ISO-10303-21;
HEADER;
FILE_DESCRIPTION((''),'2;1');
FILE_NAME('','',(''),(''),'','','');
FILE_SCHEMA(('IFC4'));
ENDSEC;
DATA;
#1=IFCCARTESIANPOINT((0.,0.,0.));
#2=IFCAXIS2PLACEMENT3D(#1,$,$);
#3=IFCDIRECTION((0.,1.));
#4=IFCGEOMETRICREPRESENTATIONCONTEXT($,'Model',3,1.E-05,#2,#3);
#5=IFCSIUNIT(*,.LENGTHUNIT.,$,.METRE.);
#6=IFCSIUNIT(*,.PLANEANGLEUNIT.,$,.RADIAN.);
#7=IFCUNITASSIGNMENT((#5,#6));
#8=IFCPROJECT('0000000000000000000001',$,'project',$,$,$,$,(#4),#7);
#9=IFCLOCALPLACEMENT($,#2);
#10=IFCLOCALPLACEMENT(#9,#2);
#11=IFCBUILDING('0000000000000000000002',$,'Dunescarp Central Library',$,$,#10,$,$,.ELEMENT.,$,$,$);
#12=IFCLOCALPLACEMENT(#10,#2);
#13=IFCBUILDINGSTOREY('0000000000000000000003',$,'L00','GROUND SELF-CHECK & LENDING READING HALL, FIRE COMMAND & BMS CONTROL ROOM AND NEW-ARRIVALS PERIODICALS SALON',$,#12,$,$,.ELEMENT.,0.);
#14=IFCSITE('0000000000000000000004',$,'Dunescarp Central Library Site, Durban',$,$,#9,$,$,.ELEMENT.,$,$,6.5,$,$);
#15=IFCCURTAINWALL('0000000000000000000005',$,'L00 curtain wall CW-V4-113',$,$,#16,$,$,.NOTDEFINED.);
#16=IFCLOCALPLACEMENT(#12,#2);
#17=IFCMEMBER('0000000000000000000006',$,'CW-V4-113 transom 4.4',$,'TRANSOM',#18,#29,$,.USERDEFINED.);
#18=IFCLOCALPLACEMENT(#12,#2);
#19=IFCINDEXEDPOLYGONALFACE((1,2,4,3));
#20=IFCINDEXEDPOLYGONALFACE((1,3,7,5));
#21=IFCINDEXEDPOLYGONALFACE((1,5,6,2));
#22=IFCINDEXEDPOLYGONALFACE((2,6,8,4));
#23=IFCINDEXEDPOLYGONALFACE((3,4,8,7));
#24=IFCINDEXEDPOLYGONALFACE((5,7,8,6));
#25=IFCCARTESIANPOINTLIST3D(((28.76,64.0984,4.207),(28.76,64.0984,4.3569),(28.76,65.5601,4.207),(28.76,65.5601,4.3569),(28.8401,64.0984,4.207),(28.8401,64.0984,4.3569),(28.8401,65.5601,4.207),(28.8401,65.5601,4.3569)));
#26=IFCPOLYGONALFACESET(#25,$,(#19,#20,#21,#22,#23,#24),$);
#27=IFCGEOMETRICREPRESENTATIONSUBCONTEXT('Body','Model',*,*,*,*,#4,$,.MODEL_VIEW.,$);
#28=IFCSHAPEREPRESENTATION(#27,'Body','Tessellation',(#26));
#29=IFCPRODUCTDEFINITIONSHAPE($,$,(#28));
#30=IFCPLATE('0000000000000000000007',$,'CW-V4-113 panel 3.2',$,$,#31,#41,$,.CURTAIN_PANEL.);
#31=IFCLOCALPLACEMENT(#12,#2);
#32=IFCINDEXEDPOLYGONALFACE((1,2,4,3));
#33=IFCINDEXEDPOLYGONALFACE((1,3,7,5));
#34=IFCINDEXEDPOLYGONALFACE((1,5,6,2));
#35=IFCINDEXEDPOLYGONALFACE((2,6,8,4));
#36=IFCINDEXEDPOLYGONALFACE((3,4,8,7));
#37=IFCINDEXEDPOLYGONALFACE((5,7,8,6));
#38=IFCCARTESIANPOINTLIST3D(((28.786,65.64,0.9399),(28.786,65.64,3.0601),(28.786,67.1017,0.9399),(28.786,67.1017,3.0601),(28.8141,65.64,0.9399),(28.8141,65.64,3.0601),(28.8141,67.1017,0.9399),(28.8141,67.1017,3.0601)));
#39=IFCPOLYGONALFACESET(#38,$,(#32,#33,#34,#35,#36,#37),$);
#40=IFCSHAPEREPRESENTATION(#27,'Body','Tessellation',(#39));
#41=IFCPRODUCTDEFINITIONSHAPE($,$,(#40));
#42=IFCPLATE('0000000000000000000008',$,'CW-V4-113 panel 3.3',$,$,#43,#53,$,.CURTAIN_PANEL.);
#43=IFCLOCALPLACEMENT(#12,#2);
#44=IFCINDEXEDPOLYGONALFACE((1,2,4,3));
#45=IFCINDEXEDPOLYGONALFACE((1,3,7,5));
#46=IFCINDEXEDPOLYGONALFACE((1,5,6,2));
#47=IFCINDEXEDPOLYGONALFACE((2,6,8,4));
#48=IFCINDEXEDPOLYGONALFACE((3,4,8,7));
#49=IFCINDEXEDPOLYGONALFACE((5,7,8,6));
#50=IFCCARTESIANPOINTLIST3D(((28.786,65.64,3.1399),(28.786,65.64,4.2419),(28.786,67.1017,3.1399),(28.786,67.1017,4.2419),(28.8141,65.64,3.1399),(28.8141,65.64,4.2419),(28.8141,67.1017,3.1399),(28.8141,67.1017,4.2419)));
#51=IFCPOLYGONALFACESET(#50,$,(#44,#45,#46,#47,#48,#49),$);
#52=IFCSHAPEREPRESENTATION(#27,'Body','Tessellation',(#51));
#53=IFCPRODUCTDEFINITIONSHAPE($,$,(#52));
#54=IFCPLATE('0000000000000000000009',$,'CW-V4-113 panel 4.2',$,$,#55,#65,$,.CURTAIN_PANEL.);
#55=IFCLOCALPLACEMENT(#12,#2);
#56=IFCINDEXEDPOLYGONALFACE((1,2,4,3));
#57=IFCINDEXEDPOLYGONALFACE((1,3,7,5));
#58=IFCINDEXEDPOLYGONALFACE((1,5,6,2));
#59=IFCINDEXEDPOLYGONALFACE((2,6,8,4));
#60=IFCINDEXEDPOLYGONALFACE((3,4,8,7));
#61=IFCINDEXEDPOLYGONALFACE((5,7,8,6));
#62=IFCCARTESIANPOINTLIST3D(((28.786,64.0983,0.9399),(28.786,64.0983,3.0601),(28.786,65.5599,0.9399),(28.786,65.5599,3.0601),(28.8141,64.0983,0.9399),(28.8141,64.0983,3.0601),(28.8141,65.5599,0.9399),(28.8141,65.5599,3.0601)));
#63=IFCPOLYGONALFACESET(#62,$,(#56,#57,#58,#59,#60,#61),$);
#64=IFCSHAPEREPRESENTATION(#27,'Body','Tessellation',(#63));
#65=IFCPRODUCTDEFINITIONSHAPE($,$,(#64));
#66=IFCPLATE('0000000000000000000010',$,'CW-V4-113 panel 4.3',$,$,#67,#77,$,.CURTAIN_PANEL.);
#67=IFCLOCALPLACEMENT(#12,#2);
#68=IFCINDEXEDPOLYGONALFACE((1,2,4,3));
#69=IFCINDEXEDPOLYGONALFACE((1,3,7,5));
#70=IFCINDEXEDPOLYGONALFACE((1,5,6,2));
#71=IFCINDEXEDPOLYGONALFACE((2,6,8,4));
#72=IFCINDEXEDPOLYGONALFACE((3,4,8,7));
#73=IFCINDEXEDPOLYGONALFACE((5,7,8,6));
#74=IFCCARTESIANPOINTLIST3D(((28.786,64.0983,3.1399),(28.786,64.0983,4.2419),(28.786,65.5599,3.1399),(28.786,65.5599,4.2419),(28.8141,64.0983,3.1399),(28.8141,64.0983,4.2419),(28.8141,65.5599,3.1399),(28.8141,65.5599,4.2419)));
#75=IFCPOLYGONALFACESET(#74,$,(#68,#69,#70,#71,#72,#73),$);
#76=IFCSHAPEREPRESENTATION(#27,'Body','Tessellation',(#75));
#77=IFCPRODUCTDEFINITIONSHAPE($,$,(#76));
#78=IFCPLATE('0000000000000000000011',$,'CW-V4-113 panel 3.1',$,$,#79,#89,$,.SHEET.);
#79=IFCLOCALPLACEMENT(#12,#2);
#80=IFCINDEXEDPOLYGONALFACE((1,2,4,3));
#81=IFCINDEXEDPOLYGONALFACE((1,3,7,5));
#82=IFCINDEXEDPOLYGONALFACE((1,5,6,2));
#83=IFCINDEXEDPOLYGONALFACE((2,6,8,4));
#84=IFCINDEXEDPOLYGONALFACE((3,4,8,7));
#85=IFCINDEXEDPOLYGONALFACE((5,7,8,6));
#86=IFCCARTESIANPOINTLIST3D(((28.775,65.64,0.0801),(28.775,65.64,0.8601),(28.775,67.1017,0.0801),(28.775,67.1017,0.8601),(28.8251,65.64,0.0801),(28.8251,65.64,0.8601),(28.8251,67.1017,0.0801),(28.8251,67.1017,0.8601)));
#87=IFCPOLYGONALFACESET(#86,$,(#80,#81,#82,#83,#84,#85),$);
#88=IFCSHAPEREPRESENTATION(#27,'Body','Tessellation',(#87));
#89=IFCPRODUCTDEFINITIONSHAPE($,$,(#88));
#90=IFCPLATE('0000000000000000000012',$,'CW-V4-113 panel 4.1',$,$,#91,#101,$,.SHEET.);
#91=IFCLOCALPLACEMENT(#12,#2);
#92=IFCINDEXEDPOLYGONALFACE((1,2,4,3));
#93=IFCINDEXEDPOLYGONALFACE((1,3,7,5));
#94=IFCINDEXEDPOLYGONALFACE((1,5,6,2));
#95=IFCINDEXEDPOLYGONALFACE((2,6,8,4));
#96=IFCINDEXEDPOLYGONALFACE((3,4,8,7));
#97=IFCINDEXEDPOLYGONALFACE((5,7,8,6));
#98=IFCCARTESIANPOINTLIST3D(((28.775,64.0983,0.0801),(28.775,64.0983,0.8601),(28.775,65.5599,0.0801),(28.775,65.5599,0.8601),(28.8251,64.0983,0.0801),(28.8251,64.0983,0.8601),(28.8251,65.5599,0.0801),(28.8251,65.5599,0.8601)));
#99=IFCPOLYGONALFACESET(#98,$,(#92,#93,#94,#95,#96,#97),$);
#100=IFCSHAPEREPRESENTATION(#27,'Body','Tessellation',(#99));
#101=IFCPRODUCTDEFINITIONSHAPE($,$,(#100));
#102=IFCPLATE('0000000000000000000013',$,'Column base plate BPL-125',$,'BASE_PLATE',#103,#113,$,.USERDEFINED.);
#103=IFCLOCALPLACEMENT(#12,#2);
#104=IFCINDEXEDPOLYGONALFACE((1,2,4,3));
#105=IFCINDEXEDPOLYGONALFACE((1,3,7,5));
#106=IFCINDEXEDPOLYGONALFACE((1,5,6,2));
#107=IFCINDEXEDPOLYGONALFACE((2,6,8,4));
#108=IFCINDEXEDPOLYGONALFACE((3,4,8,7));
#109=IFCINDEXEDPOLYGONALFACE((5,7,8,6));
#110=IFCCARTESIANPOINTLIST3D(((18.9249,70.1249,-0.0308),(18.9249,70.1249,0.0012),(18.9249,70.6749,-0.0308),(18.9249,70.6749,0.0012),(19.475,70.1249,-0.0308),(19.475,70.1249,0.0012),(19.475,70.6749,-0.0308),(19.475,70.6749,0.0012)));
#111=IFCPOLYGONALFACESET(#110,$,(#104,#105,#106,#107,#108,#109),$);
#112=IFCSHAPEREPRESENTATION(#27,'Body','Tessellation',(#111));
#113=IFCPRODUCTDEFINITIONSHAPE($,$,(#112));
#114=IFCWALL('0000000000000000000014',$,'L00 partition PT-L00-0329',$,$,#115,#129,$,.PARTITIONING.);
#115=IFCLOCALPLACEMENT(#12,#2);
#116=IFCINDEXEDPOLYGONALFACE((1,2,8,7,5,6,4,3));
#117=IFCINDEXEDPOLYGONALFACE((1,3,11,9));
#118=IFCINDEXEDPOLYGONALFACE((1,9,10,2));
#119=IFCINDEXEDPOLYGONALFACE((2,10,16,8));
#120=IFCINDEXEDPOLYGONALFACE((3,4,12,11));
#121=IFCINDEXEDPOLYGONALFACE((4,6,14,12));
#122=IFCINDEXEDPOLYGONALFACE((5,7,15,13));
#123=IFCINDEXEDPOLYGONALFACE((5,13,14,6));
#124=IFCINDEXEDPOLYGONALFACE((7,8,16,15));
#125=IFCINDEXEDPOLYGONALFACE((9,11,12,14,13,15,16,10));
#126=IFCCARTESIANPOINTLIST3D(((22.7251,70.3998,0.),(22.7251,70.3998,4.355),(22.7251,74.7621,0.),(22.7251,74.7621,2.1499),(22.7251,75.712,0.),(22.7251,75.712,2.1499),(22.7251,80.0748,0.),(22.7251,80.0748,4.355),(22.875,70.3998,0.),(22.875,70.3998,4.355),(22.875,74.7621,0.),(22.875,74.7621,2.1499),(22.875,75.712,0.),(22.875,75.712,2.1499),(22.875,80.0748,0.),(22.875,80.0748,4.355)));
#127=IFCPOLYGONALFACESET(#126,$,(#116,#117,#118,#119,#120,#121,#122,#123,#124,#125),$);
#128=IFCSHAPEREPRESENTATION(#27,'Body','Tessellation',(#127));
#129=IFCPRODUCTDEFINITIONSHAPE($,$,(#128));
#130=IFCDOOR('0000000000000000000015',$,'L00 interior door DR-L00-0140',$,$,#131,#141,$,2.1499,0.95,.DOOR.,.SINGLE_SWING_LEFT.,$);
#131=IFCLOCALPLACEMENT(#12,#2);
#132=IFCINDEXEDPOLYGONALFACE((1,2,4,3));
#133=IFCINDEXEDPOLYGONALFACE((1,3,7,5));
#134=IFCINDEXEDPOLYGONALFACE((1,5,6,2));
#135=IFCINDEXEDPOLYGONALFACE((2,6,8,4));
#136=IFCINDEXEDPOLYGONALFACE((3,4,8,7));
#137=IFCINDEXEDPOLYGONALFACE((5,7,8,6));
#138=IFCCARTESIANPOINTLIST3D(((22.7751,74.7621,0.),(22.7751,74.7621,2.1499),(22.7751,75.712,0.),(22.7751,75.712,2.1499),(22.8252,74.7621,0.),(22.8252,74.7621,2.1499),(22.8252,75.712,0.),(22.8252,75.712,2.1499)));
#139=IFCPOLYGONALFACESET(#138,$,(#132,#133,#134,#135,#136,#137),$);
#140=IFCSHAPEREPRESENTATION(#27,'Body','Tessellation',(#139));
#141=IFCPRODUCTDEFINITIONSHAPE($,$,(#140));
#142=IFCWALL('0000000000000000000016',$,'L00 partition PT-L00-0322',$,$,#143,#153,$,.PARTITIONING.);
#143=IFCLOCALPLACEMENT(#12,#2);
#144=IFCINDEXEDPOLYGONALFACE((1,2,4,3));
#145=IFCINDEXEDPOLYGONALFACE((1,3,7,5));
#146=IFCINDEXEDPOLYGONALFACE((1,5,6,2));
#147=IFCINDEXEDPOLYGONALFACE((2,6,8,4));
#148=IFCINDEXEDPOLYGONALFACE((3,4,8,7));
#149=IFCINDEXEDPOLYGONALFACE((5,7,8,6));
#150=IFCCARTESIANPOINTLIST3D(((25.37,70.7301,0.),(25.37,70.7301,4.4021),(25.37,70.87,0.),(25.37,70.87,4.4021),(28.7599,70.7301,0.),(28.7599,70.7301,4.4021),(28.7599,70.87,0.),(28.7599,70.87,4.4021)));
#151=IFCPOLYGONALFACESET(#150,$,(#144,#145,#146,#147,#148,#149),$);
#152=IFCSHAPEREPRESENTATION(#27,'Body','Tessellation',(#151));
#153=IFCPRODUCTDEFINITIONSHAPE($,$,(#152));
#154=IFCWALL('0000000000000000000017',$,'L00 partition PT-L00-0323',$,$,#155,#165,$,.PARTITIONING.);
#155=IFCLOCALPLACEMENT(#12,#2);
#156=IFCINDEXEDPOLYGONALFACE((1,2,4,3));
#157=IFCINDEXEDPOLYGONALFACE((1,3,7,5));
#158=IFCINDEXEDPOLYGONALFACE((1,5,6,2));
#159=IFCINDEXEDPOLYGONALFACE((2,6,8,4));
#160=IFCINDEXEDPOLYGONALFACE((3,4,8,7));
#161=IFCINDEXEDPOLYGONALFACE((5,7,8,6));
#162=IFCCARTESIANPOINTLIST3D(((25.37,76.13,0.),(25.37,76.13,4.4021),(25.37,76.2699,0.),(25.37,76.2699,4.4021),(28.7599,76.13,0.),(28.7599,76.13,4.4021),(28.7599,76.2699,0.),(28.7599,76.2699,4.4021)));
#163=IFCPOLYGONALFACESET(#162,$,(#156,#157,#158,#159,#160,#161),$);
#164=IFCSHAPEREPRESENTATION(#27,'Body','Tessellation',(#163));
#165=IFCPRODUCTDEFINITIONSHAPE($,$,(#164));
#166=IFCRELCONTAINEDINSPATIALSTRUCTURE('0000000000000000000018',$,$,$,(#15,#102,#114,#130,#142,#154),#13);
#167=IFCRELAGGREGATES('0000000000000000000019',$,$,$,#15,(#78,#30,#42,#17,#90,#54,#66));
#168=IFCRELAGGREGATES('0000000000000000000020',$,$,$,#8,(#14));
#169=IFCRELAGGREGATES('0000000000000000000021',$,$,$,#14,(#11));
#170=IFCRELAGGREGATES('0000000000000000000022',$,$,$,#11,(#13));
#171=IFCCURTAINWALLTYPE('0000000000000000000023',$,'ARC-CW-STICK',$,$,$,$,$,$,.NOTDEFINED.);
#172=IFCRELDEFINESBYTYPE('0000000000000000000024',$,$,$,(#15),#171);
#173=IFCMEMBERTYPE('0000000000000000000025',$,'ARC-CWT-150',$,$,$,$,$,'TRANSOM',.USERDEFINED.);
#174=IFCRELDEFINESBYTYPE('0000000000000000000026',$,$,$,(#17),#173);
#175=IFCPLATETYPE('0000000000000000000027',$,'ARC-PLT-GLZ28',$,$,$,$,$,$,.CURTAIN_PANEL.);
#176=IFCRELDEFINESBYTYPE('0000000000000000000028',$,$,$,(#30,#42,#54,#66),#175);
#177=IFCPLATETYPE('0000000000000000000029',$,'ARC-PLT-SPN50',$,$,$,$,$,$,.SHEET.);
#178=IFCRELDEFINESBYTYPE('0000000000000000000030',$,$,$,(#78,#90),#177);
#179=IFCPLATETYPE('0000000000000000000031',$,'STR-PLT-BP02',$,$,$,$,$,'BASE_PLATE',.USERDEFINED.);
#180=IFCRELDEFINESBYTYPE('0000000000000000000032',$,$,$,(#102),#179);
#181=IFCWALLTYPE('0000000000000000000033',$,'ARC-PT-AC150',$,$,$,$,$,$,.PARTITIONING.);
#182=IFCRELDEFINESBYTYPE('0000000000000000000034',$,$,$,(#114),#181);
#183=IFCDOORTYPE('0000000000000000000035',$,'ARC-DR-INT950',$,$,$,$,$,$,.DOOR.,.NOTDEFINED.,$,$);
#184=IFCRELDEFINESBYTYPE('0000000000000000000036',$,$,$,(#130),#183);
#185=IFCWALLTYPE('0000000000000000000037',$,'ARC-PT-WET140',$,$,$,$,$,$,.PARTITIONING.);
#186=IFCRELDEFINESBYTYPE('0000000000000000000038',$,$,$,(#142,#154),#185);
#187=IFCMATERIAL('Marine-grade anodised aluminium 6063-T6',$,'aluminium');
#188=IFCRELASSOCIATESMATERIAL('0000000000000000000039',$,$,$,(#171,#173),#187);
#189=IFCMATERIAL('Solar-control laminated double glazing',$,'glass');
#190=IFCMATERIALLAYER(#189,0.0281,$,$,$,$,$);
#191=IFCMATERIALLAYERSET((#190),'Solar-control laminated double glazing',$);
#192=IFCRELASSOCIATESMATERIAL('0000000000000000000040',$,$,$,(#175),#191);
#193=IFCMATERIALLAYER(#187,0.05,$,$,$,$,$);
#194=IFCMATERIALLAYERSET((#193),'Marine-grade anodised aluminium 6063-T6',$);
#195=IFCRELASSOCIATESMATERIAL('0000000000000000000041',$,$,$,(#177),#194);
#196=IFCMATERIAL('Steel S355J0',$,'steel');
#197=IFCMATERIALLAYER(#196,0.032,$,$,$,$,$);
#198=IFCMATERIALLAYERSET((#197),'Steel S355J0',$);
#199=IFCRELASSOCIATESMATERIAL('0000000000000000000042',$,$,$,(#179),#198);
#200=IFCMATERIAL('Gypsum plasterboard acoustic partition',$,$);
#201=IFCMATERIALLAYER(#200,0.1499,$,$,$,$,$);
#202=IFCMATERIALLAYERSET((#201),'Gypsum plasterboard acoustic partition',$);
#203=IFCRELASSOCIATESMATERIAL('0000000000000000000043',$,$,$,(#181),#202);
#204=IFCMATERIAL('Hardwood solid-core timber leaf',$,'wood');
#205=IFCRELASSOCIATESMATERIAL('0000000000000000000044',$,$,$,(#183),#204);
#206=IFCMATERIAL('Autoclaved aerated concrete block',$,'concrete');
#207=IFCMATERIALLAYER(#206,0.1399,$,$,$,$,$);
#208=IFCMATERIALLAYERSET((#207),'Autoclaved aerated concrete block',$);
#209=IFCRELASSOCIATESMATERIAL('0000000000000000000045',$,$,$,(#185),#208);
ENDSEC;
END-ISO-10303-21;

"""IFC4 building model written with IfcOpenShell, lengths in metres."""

from ifc_helpers import new_model, si_unit, direction, frame, frame_2d, origin, origin_2d, place, context, subcontext, project, spatial, rectangle, extrude, material, layer, layer_set, material_profile, profile_set, type_object, element, fill, aggregate, save


model = new_model("IFC4")

# Units and contexts
model_context = context("Model", 3, precision=1e-05, world=origin(), true_north=direction((0.0, 1.0)))
body_context = subcontext(model_context, "Body", "Model", "MODEL_VIEW")
ifc_project = project(units=[si_unit("LENGTHUNIT", "METRE"), si_unit("PLANEANGLEUNIT", "RADIAN")], contexts=[model_context])

# Site, building, storey
site_placement = place(None, origin())
site = spatial("IfcSite", under=ifc_project, at=site_placement, Name="Dunescarp Central Library Site, Durban", CompositionType="ELEMENT", RefElevation=6.5)
building_placement = place(site_placement, origin())
building = spatial("IfcBuilding", under=site, at=building_placement, Name="Dunescarp Central Library", CompositionType="ELEMENT")
storey_placement = place(building_placement, origin())
storey = spatial("IfcBuildingStorey", under=building, at=storey_placement, Name="L00", Description="GROUND SELF-CHECK & LENDING READING HALL, FIRE COMMAND & BMS CONTROL ROOM AND NEW-ARRIVALS PERIODICALS SALON", CompositionType="ELEMENT", Elevation=0.0)

# Curtain wall, member, plates
ifc_material_1 = material(Name="Marine-grade anodised aluminium 6063-T6", Category="aluminium")
curtain_wall_type = type_object("IfcCurtainWallType", Name="ARC-CW-STICK", PredefinedType="NOTDEFINED", material=ifc_material_1)
curtain_wall_placement = place(storey_placement, origin())
curtain_wall = element("IfcCurtainWall", 1, at=curtain_wall_placement, inside=storey, type_object=curtain_wall_type, Name="L00 curtain wall CW-V4-113", PredefinedType="NOTDEFINED")
ifc_material_profile_1 = material_profile(ifc_material_1, rectangle(XDim=0.0801, YDim=0.1499, at=origin_2d()), Name="AL 80x150")
ifc_profile_set_1 = profile_set([ifc_material_profile_1], Name="Marine-grade anodised aluminium 6063-T6")
member_type_1 = type_object("IfcMemberType", Name="ARC-CWT-150", ElementType="TRANSOM", PredefinedType="USERDEFINED", material=ifc_profile_set_1)
member_1_placement = place(storey_placement, frame((28.8, 65.5601, 4.282), z_axis=(0.0, -1.0, 0.0), x_axis=(1.0, 0.0, 0.0)))
member_1 = element("IfcMember", 2, at=member_1_placement, type_object=member_type_1, Name="CW-V4-113 transom 4.4", ObjectType="TRANSOM", PredefinedType="USERDEFINED", context=body_context, shape_type="SweptSolid", body=[
    extrude(rectangle(XDim=0.0801, YDim=0.1499, at=origin_2d()), origin(), (0.0, 0.0, 1.0), 1.4617),
])
ifc_material_2 = material(Name="Solar-control laminated double glazing", Category="glass")
ifc_layer_1 = layer(ifc_material_2, 0.0281)
ifc_layer_set_1 = layer_set([ifc_layer_1], Name="Solar-control laminated double glazing")
plate_type_1 = type_object("IfcPlateType", Name="ARC-PLT-GLZ28", PredefinedType="CURTAIN_PANEL", material=ifc_layer_set_1)
plate_1_placement = place(storey_placement, frame((28.8, 66.3708, 0.9399), z_axis=(0.0, 0.0, 1.0), x_axis=(0.0, -1.0, 0.0)))
plate_1 = element("IfcPlate", 3, at=plate_1_placement, type_object=plate_type_1, Name="CW-V4-113 panel 3.2", PredefinedType="CURTAIN_PANEL", context=body_context, shape_type="SweptSolid", body=[
    extrude(rectangle(XDim=1.4617, YDim=0.0281, at=origin_2d()), origin(), (0.0, 0.0, 1.0), 2.1201),
])
plate_2_placement = place(storey_placement, frame((28.8, 66.3708, 3.1399), z_axis=(0.0, 0.0, 1.0), x_axis=(0.0, -1.0, 0.0)))
plate_2 = element("IfcPlate", 4, at=plate_2_placement, type_object=plate_type_1, Name="CW-V4-113 panel 3.3", PredefinedType="CURTAIN_PANEL", context=body_context, shape_type="SweptSolid", body=[
    extrude(rectangle(XDim=1.4617, YDim=0.0281, at=origin_2d()), origin(), (0.0, 0.0, 1.0), 1.1021),
])
plate_3_placement = place(storey_placement, frame((28.8, 64.8291, 0.9399), z_axis=(0.0, 0.0, 1.0), x_axis=(0.0, -1.0, 0.0)))
plate_3 = element("IfcPlate", 5, at=plate_3_placement, type_object=plate_type_1, Name="CW-V4-113 panel 4.2", PredefinedType="CURTAIN_PANEL", context=body_context, shape_type="SweptSolid", body=[
    extrude(rectangle(XDim=1.4617, YDim=0.0281, at=origin_2d()), origin(), (0.0, 0.0, 1.0), 2.1201),
])
plate_4_placement = place(storey_placement, frame((28.8, 64.8291, 3.1399), z_axis=(0.0, 0.0, 1.0), x_axis=(0.0, -1.0, 0.0)))
plate_4 = element("IfcPlate", 6, at=plate_4_placement, type_object=plate_type_1, Name="CW-V4-113 panel 4.3", PredefinedType="CURTAIN_PANEL", context=body_context, shape_type="SweptSolid", body=[
    extrude(rectangle(XDim=1.4617, YDim=0.0281, at=origin_2d()), origin(), (0.0, 0.0, 1.0), 1.1021),
])
ifc_layer_2 = layer(ifc_material_1, 0.05)
ifc_layer_set_2 = layer_set([ifc_layer_2], Name="Marine-grade anodised aluminium 6063-T6")
plate_type_2 = type_object("IfcPlateType", Name="ARC-PLT-SPN50", PredefinedType="SHEET", material=ifc_layer_set_2)
plate_5_placement = place(storey_placement, frame((28.8, 66.3708, 0.0801), z_axis=(0.0, 0.0, 1.0), x_axis=(0.0, -1.0, 0.0)))
plate_5 = element("IfcPlate", 7, at=plate_5_placement, type_object=plate_type_2, Name="CW-V4-113 panel 3.1", PredefinedType="SHEET", context=body_context, shape_type="SweptSolid", body=[
    extrude(rectangle(XDim=1.4617, YDim=0.05, at=origin_2d()), origin(), (0.0, 0.0, 1.0), 0.78),
])
plate_6_placement = place(storey_placement, frame((28.8, 64.8291, 0.0801), z_axis=(0.0, 0.0, 1.0), x_axis=(0.0, -1.0, 0.0)))
plate_6 = element("IfcPlate", 8, at=plate_6_placement, type_object=plate_type_2, Name="CW-V4-113 panel 4.1", PredefinedType="SHEET", context=body_context, shape_type="SweptSolid", body=[
    extrude(rectangle(XDim=1.4617, YDim=0.05, at=origin_2d()), origin(), (0.0, 0.0, 1.0), 0.78),
])
aggregate(curtain_wall, [plate_5, plate_1, plate_2, member_1, plate_6, plate_3, plate_4])

# Plate
ifc_material_3 = material(Name="Steel S355J0", Category="steel")
ifc_layer_3 = layer(ifc_material_3, 0.032)
ifc_layer_set_3 = layer_set([ifc_layer_3], Name="Steel S355J0")
plate_type_3 = type_object("IfcPlateType", Name="STR-PLT-BP02", ElementType="BASE_PLATE", PredefinedType="USERDEFINED", material=ifc_layer_set_3)
plate_7_placement = place(storey_placement, frame((19.2, 70.3999, -0.0308), z_axis=(0.0, 0.0, 1.0), x_axis=(1.0, 0.0, 0.0)))
element("IfcPlate", 9, at=plate_7_placement, inside=storey, type_object=plate_type_3, Name="Column base plate BPL-125", ObjectType="BASE_PLATE", PredefinedType="USERDEFINED", context=body_context, shape_type="SweptSolid", body=[
    extrude(rectangle(XDim=0.55, YDim=0.55, at=origin_2d()), origin(), (0.0, 0.0, 1.0), 0.032),
])

# Wall, opening, door
ifc_material_4 = material(Name="Gypsum plasterboard acoustic partition")
ifc_layer_4 = layer(ifc_material_4, 0.1499)
ifc_layer_set_4 = layer_set([ifc_layer_4], Name="Gypsum plasterboard acoustic partition")
wall_type_1 = type_object("IfcWallType", Name="ARC-PT-AC150", PredefinedType="PARTITIONING", material=ifc_layer_set_4)
wall_1_placement = place(storey_placement, frame((22.8, 70.3999, 0.0), z_axis=(0.0, 0.0, 1.0), x_axis=(0.0, 1.0, 0.0)))
wall_1 = element("IfcWall", 10, at=wall_1_placement, inside=storey, type_object=wall_type_1, Name="L00 partition PT-L00-0329", PredefinedType="PARTITIONING", context=body_context, shape_type="SweptSolid", body=[
    extrude(rectangle(XDim=9.675, YDim=0.1499, at=frame_2d((4.8374, 0.0))), origin(), (0.0, 0.0, 1.0), 4.355),
])
opening_1_placement = place(wall_1_placement, frame((4.3621, 0.0, 0.0)))
opening_1 = element("IfcOpeningElement", 11, at=opening_1_placement, cuts=wall_1, PredefinedType="OPENING", context=body_context, shape_type="SweptSolid", body=[
    extrude(rectangle(XDim=0.95, YDim=2.1499, at=frame_2d((0.4751, 1.075))), frame((0.0, 0.085, 0.0), z_axis=(0.0, -1.0, 0.0), x_axis=(1.0, 0.0, 0.0)), (0.0, 0.0, 1.0), 0.1699),
])
ifc_material_5 = material(Name="Hardwood solid-core timber leaf", Category="wood")
door_type_1 = type_object("IfcDoorType", Name="ARC-DR-INT950", OperationType="NOTDEFINED", PredefinedType="DOOR", material=ifc_material_5)
door_1_placement = place(opening_1_placement, origin())
door_1 = element("IfcDoor", 12, at=door_1_placement, inside=storey, type_object=door_type_1, Name="L00 interior door DR-L00-0140", OperationType="SINGLE_SWING_LEFT", OverallHeight=2.1499, OverallWidth=0.95, PredefinedType="DOOR", context=body_context, shape_type="SweptSolid", body=[
    extrude(rectangle(XDim=0.95, YDim=2.1499, at=frame_2d((0.4751, 1.075))), frame((0.0, 0.0249, 0.0), z_axis=(0.0, -1.0, 0.0), x_axis=(1.0, 0.0, 0.0)), (0.0, 0.0, 1.0), 0.05),
])
fill(opening_1, door_1)

# Walls
ifc_material_6 = material(Name="Autoclaved aerated concrete block", Category="concrete")
ifc_layer_5 = layer(ifc_material_6, 0.1399)
ifc_layer_set_5 = layer_set([ifc_layer_5], Name="Autoclaved aerated concrete block")
wall_type_2 = type_object("IfcWallType", Name="ARC-PT-WET140", PredefinedType="PARTITIONING", material=ifc_layer_set_5)
for number, where, z_axis, x_axis, name in (
    (13, (25.3701, 70.8, 0.0), (0.0, 0.0, 1.0), (1.0, 0.0, 0.0), "L00 partition PT-L00-0322"),
    (14, (25.3701, 76.2, 0.0), (0.0, 0.0, 1.0), (1.0, 0.0, 0.0), "L00 partition PT-L00-0323"),
):
    element("IfcWall", number, at=place(storey_placement, frame(where, z_axis=z_axis, x_axis=x_axis)), inside=storey, type_object=wall_type_2, Name=name, PredefinedType="PARTITIONING", context=body_context, shape_type="SweptSolid", body=[
        extrude(rectangle(XDim=3.3899, YDim=0.1399, at=frame_2d((1.6948, 0.0))), origin(), (0.0, 0.0, 1.0), 4.4021),
    ])

save(model, "model.ifc")
